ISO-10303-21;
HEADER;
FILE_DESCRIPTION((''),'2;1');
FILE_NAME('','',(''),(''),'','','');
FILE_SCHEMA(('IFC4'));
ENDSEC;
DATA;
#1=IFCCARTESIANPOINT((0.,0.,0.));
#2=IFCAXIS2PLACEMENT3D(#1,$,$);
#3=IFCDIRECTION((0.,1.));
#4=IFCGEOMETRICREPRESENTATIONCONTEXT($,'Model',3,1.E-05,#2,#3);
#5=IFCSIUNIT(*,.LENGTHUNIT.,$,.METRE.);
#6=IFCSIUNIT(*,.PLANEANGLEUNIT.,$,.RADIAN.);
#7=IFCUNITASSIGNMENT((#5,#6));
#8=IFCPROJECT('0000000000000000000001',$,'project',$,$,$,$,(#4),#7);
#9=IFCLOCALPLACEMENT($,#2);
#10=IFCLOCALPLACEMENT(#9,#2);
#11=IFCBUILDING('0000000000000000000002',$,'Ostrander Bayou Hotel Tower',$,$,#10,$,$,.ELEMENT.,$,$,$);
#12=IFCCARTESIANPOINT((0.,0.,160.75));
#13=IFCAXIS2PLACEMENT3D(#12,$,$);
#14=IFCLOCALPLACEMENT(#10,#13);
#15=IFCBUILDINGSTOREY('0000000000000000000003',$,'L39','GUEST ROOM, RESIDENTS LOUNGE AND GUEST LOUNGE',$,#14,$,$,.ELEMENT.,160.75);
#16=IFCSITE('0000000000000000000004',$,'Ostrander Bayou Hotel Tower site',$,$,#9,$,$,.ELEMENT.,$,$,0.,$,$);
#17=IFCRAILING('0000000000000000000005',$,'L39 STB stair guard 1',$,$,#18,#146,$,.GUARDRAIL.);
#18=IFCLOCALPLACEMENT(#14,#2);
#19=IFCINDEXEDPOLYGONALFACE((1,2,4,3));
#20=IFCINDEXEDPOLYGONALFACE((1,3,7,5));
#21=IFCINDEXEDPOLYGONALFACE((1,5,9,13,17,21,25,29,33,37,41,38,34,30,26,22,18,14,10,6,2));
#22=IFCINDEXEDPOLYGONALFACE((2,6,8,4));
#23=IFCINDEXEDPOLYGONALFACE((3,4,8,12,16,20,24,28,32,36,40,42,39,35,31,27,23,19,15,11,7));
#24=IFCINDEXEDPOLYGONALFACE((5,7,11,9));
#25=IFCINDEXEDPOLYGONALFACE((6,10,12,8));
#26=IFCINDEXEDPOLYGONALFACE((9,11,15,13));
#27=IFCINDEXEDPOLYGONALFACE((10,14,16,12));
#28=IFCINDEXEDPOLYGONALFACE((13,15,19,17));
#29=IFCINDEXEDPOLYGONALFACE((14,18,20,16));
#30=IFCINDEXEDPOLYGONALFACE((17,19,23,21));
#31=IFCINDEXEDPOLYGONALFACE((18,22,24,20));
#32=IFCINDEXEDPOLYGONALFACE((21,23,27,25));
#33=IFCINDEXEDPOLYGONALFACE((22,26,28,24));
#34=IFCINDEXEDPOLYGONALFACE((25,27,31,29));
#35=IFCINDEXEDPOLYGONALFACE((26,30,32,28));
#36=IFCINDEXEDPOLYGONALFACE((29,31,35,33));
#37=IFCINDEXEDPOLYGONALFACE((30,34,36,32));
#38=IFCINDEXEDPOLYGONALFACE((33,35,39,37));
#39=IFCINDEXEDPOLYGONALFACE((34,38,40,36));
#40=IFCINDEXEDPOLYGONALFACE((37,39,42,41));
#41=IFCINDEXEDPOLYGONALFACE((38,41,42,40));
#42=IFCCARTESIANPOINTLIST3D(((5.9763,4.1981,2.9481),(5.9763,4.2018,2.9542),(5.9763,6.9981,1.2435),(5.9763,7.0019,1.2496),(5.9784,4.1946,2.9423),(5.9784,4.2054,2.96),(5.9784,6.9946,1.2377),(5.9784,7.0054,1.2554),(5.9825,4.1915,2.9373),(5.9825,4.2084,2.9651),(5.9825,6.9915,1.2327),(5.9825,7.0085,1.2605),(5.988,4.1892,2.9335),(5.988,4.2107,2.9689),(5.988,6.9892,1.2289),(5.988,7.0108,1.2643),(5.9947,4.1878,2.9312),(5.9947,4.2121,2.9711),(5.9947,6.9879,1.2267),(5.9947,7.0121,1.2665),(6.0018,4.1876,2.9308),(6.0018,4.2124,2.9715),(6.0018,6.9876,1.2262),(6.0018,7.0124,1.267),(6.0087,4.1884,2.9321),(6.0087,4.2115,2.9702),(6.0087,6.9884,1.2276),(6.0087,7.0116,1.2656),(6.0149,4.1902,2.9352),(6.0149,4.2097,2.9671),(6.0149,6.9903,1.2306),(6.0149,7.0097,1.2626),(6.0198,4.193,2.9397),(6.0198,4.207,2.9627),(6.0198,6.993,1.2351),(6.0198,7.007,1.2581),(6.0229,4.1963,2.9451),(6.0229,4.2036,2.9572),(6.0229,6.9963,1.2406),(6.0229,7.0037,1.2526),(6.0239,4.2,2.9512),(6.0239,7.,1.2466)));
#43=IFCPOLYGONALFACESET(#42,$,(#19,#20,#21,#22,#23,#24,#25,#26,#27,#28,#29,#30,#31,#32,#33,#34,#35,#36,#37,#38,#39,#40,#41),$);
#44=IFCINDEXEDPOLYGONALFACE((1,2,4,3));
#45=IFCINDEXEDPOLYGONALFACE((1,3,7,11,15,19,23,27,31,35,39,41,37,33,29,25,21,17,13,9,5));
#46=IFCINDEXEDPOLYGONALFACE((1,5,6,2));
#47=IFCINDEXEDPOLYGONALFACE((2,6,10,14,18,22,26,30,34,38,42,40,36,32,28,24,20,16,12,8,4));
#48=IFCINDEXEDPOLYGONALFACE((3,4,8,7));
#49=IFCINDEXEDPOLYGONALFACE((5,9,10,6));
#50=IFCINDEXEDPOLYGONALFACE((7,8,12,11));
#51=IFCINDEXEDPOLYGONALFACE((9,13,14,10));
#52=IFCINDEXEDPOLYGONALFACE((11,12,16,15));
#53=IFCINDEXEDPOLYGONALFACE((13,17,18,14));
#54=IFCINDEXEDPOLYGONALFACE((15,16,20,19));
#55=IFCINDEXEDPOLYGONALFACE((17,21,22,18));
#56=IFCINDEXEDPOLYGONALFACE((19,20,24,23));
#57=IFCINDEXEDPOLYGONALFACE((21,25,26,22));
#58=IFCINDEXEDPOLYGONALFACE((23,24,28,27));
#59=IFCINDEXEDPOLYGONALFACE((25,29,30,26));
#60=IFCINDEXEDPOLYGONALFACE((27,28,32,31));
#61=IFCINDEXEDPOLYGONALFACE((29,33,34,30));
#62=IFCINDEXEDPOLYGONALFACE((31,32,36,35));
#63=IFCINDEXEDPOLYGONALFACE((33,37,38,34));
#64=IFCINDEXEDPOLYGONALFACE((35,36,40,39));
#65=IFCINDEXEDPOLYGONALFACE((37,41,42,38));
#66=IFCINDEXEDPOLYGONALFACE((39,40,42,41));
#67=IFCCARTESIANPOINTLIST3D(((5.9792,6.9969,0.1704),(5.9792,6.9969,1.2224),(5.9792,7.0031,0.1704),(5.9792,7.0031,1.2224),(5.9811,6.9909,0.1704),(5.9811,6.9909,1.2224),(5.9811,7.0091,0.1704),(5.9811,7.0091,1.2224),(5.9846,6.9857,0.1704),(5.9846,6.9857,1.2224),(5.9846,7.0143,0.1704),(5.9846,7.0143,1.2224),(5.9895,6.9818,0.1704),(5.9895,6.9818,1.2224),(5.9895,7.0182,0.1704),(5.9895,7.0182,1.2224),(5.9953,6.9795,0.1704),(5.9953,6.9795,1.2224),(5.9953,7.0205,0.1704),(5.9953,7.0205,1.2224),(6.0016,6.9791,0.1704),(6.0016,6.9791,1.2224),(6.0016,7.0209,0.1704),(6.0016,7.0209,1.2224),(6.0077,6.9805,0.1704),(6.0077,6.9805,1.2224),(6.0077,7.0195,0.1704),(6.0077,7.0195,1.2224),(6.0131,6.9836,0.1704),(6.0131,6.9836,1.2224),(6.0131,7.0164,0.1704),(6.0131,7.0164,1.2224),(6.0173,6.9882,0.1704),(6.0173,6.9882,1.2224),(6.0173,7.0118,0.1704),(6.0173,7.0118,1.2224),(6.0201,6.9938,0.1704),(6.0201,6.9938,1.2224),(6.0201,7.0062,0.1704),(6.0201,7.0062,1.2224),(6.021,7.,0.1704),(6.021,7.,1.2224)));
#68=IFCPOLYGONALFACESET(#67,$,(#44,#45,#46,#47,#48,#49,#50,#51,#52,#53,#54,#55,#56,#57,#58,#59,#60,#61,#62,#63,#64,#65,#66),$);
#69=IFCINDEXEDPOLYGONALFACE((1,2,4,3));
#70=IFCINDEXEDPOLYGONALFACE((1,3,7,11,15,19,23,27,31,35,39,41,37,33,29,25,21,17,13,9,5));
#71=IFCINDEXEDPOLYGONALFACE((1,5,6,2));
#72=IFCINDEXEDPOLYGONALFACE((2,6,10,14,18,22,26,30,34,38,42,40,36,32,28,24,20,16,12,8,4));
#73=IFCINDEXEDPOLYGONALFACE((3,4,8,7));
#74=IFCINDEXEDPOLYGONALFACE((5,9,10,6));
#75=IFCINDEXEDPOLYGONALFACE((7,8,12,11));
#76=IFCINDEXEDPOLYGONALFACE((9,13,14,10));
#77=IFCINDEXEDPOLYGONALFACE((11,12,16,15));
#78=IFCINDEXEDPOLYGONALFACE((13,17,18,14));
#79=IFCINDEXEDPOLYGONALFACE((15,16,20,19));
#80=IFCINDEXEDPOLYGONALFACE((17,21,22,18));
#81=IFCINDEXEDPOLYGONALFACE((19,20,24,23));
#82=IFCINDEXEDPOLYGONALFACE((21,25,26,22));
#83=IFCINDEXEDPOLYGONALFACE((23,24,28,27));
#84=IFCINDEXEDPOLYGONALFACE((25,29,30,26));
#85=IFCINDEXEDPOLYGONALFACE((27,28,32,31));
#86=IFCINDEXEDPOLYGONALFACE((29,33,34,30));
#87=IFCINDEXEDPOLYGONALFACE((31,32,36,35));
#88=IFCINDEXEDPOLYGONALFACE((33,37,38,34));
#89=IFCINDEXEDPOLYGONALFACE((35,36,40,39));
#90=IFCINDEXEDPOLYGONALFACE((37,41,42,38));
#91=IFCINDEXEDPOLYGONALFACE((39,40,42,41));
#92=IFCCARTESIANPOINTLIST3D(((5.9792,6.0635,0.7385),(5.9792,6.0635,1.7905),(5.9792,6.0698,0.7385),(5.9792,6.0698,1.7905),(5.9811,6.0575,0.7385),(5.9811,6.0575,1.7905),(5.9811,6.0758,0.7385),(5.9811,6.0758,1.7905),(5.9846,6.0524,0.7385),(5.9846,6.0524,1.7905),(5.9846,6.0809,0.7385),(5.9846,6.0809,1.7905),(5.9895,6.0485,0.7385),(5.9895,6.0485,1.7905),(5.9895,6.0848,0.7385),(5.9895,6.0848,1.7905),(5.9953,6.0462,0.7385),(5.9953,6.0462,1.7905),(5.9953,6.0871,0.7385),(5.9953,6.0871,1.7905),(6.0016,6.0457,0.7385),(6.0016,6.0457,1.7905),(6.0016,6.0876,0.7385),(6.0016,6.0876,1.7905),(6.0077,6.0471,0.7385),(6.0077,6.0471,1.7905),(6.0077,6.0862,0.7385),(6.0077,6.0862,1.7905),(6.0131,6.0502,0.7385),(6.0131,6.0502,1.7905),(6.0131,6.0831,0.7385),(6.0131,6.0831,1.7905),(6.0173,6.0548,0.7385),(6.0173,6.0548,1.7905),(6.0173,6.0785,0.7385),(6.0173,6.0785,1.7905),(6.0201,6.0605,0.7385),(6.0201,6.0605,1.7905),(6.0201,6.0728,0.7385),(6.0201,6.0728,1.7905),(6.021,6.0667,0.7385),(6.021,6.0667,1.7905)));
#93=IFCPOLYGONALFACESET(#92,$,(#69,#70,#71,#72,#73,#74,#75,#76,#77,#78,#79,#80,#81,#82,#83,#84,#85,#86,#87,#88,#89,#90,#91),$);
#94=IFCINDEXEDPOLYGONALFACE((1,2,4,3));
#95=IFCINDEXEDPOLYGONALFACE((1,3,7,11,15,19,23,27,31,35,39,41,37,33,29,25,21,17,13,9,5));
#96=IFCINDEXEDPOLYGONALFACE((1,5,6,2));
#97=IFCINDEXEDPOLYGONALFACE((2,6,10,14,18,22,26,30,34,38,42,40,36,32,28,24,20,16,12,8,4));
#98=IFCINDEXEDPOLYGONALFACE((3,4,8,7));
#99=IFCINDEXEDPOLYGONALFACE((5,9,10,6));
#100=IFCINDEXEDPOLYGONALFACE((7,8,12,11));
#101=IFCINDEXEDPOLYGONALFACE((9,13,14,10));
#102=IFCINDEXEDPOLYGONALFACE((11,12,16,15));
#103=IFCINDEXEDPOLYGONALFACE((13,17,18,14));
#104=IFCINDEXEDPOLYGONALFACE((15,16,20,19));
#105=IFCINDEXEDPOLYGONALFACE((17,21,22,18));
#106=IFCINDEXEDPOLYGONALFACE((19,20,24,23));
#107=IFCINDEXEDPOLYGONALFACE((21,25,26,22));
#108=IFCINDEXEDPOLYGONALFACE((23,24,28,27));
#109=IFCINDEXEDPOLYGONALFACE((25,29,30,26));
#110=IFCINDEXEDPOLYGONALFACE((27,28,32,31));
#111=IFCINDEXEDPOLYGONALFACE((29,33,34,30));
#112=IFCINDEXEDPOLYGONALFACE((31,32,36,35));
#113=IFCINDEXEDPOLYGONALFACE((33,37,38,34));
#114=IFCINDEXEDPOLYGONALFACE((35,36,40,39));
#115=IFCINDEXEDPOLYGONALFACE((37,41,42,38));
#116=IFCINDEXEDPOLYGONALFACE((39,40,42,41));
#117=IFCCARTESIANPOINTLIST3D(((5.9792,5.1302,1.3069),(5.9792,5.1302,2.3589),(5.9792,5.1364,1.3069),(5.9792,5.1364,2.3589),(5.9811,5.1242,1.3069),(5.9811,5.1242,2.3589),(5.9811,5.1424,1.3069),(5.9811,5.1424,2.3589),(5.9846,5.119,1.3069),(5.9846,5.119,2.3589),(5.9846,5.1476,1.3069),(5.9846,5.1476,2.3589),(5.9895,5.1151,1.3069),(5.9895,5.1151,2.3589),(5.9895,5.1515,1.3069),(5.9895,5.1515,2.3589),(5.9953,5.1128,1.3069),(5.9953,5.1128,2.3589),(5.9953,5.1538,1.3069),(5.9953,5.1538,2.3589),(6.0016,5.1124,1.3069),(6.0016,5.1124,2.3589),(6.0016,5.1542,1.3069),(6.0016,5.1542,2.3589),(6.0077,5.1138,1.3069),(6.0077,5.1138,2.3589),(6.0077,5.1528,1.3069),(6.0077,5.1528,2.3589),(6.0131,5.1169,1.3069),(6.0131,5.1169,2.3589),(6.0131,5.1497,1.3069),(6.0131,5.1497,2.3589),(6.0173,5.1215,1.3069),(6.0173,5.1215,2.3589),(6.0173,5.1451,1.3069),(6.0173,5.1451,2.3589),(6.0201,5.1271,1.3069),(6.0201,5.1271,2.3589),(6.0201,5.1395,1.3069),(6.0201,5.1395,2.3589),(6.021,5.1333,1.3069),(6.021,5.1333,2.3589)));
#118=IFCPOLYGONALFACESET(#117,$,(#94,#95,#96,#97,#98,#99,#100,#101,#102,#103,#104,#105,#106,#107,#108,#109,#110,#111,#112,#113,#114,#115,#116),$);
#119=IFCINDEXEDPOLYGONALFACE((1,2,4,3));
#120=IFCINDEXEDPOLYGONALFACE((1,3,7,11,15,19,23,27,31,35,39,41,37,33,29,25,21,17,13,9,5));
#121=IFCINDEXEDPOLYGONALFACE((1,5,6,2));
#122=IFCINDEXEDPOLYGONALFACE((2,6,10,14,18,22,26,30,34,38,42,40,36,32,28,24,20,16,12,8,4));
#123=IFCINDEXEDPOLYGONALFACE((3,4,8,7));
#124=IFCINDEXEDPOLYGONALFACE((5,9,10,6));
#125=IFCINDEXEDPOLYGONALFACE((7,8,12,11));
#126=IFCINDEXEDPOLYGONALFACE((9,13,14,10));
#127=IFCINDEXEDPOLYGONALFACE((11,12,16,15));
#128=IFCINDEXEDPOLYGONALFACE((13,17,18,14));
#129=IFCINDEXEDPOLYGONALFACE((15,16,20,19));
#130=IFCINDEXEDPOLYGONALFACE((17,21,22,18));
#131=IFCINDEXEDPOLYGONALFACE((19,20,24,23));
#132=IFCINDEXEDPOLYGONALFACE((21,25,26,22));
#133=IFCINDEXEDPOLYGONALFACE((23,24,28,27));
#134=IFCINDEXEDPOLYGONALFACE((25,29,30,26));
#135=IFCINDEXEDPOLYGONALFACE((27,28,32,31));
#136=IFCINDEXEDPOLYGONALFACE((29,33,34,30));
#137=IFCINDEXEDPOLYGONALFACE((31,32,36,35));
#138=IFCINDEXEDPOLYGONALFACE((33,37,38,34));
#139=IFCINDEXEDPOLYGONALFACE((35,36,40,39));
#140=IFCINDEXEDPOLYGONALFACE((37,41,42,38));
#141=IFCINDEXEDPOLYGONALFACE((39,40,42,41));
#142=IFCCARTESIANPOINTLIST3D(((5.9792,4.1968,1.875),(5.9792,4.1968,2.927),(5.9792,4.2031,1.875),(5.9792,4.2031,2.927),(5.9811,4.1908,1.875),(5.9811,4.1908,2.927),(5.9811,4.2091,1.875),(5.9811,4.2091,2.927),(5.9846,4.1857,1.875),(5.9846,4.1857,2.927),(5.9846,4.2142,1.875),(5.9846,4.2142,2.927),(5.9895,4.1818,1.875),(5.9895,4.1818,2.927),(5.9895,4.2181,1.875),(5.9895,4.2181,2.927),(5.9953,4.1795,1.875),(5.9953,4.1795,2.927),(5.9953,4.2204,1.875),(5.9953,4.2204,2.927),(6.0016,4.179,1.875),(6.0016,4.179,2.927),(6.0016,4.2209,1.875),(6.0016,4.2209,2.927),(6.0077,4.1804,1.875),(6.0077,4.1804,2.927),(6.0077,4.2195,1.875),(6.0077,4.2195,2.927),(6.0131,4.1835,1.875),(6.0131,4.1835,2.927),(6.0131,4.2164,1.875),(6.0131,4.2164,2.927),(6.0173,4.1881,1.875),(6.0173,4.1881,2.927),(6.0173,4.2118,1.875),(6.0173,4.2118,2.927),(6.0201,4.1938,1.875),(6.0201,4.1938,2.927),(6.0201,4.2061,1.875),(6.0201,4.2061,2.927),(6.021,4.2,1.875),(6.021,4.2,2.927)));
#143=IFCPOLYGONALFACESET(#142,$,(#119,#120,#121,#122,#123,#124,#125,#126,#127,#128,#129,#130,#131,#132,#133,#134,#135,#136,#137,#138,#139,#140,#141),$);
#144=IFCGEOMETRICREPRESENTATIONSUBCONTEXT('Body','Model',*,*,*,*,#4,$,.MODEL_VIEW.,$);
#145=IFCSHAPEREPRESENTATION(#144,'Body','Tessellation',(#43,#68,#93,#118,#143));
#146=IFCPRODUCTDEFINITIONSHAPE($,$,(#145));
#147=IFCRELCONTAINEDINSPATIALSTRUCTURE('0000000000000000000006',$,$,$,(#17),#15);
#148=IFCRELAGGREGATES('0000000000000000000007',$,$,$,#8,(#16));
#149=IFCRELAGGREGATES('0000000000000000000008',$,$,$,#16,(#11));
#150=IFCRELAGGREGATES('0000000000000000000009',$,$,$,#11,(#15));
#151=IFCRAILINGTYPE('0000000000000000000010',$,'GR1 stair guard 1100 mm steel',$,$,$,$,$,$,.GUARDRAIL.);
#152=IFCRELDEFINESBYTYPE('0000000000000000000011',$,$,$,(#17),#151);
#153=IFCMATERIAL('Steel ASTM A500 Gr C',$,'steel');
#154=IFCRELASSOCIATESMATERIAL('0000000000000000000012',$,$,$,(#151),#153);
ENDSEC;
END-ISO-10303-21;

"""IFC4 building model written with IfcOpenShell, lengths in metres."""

from ifc_helpers import new_model, si_unit, direction, frame, origin, origin_2d, place, context, subcontext, project, spatial, circle, extrude, material, type_object, element, save


model = new_model("IFC4")

# Units and contexts
model_context = context("Model", 3, precision=1e-05, world=origin(), true_north=direction((0.0, 1.0)))
body_context = subcontext(model_context, "Body", "Model", "MODEL_VIEW")
ifc_project = project(units=[si_unit("LENGTHUNIT", "METRE"), si_unit("PLANEANGLEUNIT", "RADIAN")], contexts=[model_context])

# Site, building, storey
site_placement = place(None, origin())
site = spatial("IfcSite", under=ifc_project, at=site_placement, Name="Ostrander Bayou Hotel Tower site", CompositionType="ELEMENT", RefElevation=0.0)
building_placement = place(site_placement, origin())
building = spatial("IfcBuilding", under=site, at=building_placement, Name="Ostrander Bayou Hotel Tower", CompositionType="ELEMENT")
storey_placement = place(building_placement, frame((0.0, 0.0, 160.75)))
storey = spatial("IfcBuildingStorey", under=building, at=storey_placement, Name="L39", Description="GUEST ROOM, RESIDENTS LOUNGE AND GUEST LOUNGE", CompositionType="ELEMENT", Elevation=160.75)

# Railing
ifc_material_1 = material(Name="Steel ASTM A500 Gr C", Category="steel")
railing_type_1 = type_object("IfcRailingType", Name="GR1 stair guard 1100 mm steel", PredefinedType="GUARDRAIL", material=ifc_material_1)
railing_1_placement = place(storey_placement, frame((6.0, 7.0, 0.1704)))
element("IfcRailing", 1, at=railing_1_placement, inside=storey, type_object=railing_type_1, Name="L39 STB stair guard 1", PredefinedType="GUARDRAIL", context=body_context, shape_type="SweptSolid", body=[
    extrude(circle(Radius=0.0239, at=origin_2d()), frame((0.0, 0.0, 1.0762), z_axis=(0.0, -0.85417, 0.519994), x_axis=(1.0, 0.0, 0.0)), (0.0, 0.0, 1.0), 3.2781),
    extrude(circle(Radius=0.021, at=origin_2d()), origin(), (0.0, 0.0, 1.0), 1.052),
    extrude(circle(Radius=0.021, at=origin_2d()), frame((0.0, -0.9333, 0.5681)), (0.0, 0.0, 1.0), 1.052),
    extrude(circle(Radius=0.021, at=origin_2d()), frame((0.0, -1.8667, 1.1365)), (0.0, 0.0, 1.0), 1.052),
    extrude(circle(Radius=0.021, at=origin_2d()), frame((0.0, -2.8, 1.7046)), (0.0, 0.0, 1.0), 1.052),
])

save(model, "model.ifc")
